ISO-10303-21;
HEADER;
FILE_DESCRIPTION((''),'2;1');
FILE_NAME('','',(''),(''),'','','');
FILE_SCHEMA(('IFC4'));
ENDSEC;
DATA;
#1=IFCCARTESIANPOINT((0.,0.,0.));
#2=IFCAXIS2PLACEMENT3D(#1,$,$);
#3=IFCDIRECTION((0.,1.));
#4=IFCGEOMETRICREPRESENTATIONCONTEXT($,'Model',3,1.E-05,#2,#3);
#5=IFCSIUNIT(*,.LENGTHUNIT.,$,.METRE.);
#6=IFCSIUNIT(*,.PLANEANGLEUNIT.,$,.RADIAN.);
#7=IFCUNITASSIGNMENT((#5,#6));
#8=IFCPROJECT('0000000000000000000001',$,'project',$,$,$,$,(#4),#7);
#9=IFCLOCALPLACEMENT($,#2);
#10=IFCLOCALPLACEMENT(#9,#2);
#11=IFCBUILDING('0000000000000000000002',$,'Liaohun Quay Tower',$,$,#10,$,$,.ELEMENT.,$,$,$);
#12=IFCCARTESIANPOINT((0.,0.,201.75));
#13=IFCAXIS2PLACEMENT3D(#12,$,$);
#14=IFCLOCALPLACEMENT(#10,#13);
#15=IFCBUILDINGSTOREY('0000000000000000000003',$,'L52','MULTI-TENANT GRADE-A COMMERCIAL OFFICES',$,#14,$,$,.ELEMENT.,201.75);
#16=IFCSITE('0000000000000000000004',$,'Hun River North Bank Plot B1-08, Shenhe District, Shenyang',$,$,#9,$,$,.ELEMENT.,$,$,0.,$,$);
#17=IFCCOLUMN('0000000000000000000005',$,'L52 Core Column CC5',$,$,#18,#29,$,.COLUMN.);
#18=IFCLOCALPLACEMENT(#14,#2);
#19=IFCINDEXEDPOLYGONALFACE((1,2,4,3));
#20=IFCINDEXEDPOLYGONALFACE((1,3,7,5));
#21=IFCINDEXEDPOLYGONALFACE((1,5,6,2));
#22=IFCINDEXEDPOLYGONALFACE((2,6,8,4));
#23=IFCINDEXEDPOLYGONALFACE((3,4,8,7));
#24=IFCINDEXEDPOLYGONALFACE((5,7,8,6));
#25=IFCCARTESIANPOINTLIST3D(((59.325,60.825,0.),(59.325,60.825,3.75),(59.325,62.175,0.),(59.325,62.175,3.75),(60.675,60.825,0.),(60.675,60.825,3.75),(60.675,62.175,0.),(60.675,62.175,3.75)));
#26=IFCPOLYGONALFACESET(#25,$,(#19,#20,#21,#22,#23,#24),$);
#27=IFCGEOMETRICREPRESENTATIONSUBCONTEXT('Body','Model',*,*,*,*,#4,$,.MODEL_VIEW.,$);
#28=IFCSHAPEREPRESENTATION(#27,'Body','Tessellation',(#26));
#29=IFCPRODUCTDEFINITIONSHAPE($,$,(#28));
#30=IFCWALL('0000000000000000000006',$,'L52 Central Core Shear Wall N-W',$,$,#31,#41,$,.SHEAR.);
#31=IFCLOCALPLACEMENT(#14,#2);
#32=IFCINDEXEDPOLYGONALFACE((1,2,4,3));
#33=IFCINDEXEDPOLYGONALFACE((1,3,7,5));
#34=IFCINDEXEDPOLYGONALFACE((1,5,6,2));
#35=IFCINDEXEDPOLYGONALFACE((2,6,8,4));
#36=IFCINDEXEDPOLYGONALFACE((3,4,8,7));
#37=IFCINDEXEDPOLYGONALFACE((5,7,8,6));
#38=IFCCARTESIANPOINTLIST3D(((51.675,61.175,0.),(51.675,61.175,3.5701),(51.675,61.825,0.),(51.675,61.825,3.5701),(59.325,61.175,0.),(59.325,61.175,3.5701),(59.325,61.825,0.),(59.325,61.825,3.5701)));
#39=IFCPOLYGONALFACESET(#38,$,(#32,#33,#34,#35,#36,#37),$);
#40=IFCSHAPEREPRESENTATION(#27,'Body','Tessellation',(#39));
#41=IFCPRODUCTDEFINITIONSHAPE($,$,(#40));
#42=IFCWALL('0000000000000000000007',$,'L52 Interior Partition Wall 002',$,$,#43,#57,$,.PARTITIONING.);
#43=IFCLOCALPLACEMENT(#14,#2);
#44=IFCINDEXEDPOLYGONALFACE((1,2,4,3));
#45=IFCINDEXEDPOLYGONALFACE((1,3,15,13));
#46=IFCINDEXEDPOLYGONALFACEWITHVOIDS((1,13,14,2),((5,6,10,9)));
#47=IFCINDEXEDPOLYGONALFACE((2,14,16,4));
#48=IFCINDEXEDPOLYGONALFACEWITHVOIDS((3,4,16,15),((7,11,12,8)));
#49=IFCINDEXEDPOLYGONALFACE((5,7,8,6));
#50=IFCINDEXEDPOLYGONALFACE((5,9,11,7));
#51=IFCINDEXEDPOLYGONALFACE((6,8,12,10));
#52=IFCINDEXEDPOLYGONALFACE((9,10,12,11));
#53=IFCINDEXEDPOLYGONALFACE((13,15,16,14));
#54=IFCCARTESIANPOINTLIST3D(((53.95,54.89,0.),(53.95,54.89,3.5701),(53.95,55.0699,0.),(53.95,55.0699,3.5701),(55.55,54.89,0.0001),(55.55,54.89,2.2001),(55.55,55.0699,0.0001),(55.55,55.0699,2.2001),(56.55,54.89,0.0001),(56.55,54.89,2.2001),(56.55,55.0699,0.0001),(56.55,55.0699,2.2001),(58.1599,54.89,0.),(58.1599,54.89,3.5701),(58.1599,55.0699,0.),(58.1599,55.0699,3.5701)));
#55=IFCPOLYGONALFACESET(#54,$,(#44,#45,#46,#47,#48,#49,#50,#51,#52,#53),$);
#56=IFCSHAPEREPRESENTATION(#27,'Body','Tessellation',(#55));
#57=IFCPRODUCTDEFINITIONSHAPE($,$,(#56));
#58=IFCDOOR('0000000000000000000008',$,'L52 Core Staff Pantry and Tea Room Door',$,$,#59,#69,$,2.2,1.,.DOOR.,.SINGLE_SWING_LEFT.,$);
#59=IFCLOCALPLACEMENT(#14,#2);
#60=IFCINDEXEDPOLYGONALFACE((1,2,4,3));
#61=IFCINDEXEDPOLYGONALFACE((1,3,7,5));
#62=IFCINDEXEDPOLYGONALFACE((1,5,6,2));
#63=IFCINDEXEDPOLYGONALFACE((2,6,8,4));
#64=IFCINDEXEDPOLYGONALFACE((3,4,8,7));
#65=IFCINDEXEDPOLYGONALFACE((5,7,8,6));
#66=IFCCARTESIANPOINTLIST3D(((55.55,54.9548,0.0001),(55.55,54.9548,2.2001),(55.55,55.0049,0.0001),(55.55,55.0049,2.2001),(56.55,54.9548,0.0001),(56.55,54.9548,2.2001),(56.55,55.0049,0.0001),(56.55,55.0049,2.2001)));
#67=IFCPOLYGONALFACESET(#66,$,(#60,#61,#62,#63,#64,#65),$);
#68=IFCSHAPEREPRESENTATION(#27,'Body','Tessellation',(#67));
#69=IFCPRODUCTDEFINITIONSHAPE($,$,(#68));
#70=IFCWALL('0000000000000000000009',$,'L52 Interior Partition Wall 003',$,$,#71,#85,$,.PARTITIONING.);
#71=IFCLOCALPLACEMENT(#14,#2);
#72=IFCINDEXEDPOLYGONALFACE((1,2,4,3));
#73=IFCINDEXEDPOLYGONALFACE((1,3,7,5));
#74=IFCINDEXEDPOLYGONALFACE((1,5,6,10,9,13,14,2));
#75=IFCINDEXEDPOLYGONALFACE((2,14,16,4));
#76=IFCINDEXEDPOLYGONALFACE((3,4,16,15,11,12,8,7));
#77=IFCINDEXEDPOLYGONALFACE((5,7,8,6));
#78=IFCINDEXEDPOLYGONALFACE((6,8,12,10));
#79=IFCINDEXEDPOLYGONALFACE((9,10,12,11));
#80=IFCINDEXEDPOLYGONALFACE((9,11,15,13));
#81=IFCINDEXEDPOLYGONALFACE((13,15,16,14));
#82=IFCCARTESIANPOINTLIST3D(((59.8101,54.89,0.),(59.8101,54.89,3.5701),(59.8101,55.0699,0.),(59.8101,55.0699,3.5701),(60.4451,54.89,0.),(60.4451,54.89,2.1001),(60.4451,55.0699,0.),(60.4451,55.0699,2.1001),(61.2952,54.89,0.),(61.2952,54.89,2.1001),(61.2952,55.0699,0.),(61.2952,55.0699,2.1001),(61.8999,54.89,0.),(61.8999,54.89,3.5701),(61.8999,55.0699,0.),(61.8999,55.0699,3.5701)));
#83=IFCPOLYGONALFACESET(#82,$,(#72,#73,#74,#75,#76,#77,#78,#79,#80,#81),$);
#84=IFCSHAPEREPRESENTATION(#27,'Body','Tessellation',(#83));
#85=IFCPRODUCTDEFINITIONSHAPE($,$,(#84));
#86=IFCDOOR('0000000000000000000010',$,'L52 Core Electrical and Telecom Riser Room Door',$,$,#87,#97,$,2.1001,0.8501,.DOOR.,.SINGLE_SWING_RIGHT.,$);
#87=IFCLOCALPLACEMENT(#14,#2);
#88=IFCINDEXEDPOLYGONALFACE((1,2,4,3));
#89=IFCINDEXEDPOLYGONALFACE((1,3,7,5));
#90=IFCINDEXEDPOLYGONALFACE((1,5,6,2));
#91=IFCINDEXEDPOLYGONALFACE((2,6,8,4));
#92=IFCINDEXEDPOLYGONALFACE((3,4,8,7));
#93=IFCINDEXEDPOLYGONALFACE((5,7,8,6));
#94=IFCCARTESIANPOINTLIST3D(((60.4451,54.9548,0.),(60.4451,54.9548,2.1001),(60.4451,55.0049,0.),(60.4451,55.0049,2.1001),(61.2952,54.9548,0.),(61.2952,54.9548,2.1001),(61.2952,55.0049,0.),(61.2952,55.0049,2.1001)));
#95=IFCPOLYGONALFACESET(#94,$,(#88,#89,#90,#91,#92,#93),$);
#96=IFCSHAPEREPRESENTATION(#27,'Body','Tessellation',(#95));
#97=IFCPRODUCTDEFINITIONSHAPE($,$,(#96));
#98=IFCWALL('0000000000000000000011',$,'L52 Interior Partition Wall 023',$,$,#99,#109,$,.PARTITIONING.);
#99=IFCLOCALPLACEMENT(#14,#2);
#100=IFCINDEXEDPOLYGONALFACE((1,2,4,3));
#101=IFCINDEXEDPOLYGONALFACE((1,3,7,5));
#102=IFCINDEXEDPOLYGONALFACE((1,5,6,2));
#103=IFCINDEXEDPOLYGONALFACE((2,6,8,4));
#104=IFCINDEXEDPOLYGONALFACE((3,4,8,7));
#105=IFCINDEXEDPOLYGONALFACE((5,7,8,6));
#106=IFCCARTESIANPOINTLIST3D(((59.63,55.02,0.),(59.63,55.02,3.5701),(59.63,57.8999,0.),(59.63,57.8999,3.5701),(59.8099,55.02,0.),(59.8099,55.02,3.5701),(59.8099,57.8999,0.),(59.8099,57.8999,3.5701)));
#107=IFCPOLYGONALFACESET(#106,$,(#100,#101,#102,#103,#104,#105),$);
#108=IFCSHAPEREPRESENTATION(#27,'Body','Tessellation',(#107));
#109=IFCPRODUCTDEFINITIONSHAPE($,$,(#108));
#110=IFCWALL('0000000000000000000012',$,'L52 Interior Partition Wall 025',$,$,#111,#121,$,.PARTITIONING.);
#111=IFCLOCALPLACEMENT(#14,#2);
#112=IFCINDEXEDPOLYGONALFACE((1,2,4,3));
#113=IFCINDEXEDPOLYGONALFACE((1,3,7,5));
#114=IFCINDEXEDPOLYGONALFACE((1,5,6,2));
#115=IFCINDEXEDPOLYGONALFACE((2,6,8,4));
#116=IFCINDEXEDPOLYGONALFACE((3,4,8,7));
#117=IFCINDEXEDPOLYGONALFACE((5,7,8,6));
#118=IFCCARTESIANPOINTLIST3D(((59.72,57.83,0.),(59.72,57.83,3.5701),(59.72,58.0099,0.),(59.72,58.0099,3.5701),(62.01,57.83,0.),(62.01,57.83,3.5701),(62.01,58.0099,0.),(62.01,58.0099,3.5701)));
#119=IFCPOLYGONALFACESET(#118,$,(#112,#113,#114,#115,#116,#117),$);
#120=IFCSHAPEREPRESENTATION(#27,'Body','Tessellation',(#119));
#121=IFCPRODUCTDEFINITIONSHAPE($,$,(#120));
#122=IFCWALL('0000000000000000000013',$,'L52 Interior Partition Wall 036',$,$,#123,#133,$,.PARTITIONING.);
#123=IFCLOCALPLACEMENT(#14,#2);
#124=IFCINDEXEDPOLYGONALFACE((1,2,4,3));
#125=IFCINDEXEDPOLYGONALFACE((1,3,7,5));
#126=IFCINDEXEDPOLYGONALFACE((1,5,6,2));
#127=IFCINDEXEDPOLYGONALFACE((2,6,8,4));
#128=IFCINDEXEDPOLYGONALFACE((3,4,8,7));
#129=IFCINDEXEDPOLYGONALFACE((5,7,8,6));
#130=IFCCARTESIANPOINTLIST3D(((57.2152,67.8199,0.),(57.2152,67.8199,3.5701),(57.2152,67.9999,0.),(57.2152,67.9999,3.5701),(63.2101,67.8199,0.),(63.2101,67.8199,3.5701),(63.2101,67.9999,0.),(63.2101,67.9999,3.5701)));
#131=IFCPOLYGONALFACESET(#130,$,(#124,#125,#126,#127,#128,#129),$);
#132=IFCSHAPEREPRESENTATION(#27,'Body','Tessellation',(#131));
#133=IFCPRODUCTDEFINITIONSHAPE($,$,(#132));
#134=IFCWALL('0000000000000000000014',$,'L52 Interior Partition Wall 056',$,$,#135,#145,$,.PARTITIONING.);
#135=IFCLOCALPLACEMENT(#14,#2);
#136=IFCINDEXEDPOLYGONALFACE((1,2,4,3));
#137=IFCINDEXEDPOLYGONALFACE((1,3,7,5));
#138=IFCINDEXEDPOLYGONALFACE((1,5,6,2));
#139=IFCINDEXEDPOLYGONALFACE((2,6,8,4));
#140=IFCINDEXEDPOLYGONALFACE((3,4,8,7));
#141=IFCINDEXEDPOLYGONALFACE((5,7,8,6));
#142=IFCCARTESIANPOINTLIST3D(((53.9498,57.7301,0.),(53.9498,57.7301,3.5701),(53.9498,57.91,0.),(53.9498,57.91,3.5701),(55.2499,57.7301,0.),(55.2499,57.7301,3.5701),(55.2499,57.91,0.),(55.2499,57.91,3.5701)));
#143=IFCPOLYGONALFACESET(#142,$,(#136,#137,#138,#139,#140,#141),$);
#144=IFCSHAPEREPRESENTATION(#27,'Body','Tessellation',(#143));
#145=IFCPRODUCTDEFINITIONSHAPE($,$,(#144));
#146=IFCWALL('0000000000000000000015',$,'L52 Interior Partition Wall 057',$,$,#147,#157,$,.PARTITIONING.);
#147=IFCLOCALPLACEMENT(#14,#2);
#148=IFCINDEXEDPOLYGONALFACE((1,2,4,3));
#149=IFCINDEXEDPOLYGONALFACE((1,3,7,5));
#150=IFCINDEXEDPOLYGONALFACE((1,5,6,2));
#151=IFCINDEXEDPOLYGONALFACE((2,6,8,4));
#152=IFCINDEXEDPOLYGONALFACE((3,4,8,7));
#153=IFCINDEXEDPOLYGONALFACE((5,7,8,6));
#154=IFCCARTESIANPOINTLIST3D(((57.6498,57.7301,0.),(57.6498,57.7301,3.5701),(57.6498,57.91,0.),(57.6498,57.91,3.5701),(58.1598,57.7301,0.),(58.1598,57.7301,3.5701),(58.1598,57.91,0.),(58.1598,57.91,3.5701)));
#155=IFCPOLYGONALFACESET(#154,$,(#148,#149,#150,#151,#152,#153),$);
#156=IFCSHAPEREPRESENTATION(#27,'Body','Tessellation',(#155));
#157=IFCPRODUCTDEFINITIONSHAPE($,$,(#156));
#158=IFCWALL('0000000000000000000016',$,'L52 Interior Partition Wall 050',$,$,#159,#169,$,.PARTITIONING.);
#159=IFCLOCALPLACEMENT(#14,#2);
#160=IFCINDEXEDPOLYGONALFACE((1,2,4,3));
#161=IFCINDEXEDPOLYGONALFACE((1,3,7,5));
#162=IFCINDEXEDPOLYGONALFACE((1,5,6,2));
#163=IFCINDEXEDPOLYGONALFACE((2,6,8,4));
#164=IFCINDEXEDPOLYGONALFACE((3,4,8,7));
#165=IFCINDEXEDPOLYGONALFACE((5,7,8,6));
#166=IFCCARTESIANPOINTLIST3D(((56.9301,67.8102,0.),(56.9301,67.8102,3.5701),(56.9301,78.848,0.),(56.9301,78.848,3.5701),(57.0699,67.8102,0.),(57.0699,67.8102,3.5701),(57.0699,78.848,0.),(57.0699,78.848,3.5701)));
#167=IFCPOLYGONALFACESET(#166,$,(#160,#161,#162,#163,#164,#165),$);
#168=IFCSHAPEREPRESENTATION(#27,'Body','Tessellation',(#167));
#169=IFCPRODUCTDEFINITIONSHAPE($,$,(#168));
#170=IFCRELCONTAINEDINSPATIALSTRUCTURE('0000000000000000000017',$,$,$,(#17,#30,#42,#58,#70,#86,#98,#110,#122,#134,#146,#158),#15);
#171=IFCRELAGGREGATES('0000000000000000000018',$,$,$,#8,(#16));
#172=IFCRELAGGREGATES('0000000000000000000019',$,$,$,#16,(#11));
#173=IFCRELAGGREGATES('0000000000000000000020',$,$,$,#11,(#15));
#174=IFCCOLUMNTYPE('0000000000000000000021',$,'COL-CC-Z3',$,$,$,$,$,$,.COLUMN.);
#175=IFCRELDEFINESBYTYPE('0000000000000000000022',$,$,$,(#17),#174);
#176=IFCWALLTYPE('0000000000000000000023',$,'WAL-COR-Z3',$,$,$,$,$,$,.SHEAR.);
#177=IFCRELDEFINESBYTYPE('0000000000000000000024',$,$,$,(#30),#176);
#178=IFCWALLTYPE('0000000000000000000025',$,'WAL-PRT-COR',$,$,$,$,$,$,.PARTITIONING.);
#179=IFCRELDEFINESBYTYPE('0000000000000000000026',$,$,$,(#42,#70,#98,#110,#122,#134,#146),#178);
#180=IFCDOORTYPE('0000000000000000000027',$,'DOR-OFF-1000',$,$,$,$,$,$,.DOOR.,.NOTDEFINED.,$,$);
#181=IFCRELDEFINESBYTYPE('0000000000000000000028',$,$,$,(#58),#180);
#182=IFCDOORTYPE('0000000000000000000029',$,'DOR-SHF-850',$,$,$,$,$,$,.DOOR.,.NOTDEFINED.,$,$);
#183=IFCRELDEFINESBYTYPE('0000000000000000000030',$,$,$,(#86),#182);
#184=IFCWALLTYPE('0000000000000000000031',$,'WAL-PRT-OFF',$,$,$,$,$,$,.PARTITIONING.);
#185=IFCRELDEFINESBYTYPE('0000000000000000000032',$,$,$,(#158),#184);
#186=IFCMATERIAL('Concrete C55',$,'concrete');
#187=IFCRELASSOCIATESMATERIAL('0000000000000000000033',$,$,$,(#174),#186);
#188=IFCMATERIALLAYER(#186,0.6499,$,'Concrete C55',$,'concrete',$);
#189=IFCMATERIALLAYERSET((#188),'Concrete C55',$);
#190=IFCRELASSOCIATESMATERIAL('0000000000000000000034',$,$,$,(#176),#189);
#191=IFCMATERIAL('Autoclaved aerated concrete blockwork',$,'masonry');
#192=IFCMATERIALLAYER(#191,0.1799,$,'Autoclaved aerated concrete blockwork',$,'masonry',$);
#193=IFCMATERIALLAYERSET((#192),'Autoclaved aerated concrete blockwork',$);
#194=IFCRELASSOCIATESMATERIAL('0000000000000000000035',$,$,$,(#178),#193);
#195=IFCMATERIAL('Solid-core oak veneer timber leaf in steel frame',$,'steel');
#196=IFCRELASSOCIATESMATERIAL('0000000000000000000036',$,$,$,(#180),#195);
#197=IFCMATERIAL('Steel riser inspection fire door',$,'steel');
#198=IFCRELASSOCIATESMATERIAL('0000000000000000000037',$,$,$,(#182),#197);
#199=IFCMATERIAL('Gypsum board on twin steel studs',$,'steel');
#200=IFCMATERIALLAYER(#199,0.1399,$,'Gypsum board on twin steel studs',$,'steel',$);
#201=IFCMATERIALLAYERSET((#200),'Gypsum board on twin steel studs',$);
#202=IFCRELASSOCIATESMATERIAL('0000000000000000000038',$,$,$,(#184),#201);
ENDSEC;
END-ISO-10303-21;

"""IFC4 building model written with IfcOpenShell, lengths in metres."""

from ifc_helpers import new_model, si_unit, direction, frame, frame_2d, origin, origin_2d, place, context, subcontext, project, spatial, rectangle, extrude, source, transform, mapped, material, layer, layer_set, material_profile, profile_set, type_object, element, fill, save


model = new_model("IFC4")

# Units and contexts
model_context = context("Model", 3, precision=1e-05, world=origin(), true_north=direction((0.0, 1.0)))
body_context = subcontext(model_context, "Body", "Model", "MODEL_VIEW")
ifc_project = project(units=[si_unit("LENGTHUNIT", "METRE"), si_unit("PLANEANGLEUNIT", "RADIAN")], contexts=[model_context])

# Site, building, storey
site_placement = place(None, origin())
site = spatial("IfcSite", under=ifc_project, at=site_placement, Name="Hun River North Bank Plot B1-08, Shenhe District, Shenyang", CompositionType="ELEMENT", RefElevation=0.0)
building_placement = place(site_placement, origin())
building = spatial("IfcBuilding", under=site, at=building_placement, Name="Liaohun Quay Tower", CompositionType="ELEMENT")
storey_placement = place(building_placement, frame((0.0, 0.0, 201.75)))
storey = spatial("IfcBuildingStorey", under=building, at=storey_placement, Name="L52", Description="MULTI-TENANT GRADE-A COMMERCIAL OFFICES", CompositionType="ELEMENT", Elevation=201.75)

# Column
ifc_material_1 = material(Name="Concrete C55", Category="concrete")
ifc_material_profile = material_profile(ifc_material_1, rectangle(XDim=1.3501, YDim=1.3501, at=origin_2d()), Name="RC1350x1350")
ifc_profile_set = profile_set([ifc_material_profile], Name="Concrete C55")
column_type = type_object("IfcColumnType", Name="COL-CC-Z3", PredefinedType="COLUMN", material=ifc_profile_set)
shared_shape_1 = source(origin(), body_context, "Body", "SweptSolid", [
    extrude(rectangle(XDim=1.3501, YDim=1.3501, at=origin_2d()), origin(), (0.0, 0.0, 1.0), 3.75),
])
column_placement = place(storey_placement, frame((60.0, 61.5, 0.0), z_axis=(0.0, 0.0, 1.0), x_axis=(1.0, 0.0, 0.0)))
element("IfcColumn", 1, at=column_placement, inside=storey, type_object=column_type, Name="L52 Core Column CC5", PredefinedType="COLUMN", context=body_context, shape_type="MappedRepresentation", body=[
    mapped(shared_shape_1, transform((0.0, 0.0, 0.0), x_axis=(1.0, 0.0, 0.0), y_axis=(0.0, 1.0, 0.0), z_axis=(0.0, 0.0, 1.0), scale=1.0)),
])

# Wall
ifc_layer_1 = layer(ifc_material_1, 0.6499, Name="Concrete C55", Category="concrete")
ifc_layer_set_1 = layer_set([ifc_layer_1], Name="Concrete C55")
wall_type_1 = type_object("IfcWallType", Name="WAL-COR-Z3", PredefinedType="SHEAR", material=ifc_layer_set_1)
wall_1_placement = place(storey_placement, frame((51.675, 61.5, 0.0), z_axis=(0.0, 0.0, 1.0), x_axis=(1.0, 0.0, 0.0)))
element("IfcWall", 2, at=wall_1_placement, inside=storey, type_object=wall_type_1, Name="L52 Central Core Shear Wall N-W", PredefinedType="SHEAR", context=body_context, shape_type="SweptSolid", body=[
    extrude(rectangle(XDim=7.6499, YDim=0.6499, at=frame_2d((3.825, 0.0))), origin(), (0.0, 0.0, 1.0), 3.5701),
])

# Walls, openings, doors
ifc_material_2 = material(Name="Autoclaved aerated concrete blockwork", Category="masonry")
ifc_layer_2 = layer(ifc_material_2, 0.1799, Name="Autoclaved aerated concrete blockwork", Category="masonry")
ifc_layer_set_2 = layer_set([ifc_layer_2], Name="Autoclaved aerated concrete blockwork")
wall_type_2 = type_object("IfcWallType", Name="WAL-PRT-COR", PredefinedType="PARTITIONING", material=ifc_layer_set_2)
wall_2_placement = place(storey_placement, frame((53.95, 54.98, 0.0), z_axis=(0.0, 0.0, 1.0), x_axis=(1.0, 0.0, 0.0)))
wall_2 = element("IfcWall", 3, at=wall_2_placement, inside=storey, type_object=wall_type_2, Name="L52 Interior Partition Wall 002", PredefinedType="PARTITIONING", context=body_context, shape_type="SweptSolid", body=[
    extrude(rectangle(XDim=4.21, YDim=0.1799, at=frame_2d((2.105, 0.0))), origin(), (0.0, 0.0, 1.0), 3.5701),
])
shared_shape_2 = source(origin(), body_context, "Body", "SweptSolid", [
    extrude(rectangle(XDim=1.0, YDim=2.2, at=frame_2d((0.5, 1.1001))), frame((0.0, 0.0999, 0.0), z_axis=(0.0, -1.0, 0.0), x_axis=(1.0, 0.0, 0.0)), (0.0, 0.0, 1.0), 0.2),
])
opening_1_placement = place(wall_2_placement, frame((1.6001, 0.0, 0.0)))
opening_1 = element("IfcOpeningElement", 4, at=opening_1_placement, cuts=wall_2, PredefinedType="OPENING", context=body_context, shape_type="MappedRepresentation", body=[
    mapped(shared_shape_2, transform((0.0, 0.0, 0.0), x_axis=(1.0, 0.0, 0.0), y_axis=(0.0, 1.0, 0.0), z_axis=(0.0, 0.0, 1.0), scale=1.0)),
])
ifc_material_3 = material(Name="Solid-core oak veneer timber leaf in steel frame", Category="steel")
door_type_1 = type_object("IfcDoorType", Name="DOR-OFF-1000", OperationType="NOTDEFINED", PredefinedType="DOOR", material=ifc_material_3)
shared_shape_3 = source(origin(), body_context, "Body", "SweptSolid", [
    extrude(rectangle(XDim=1.0, YDim=2.2, at=frame_2d((0.5, 1.1001))), frame((0.0, 0.0249, 0.0), z_axis=(0.0, -1.0, 0.0), x_axis=(1.0, 0.0, 0.0)), (0.0, 0.0, 1.0), 0.05),
])
door_1_placement = place(opening_1_placement, origin())
door_1 = element("IfcDoor", 5, at=door_1_placement, inside=storey, type_object=door_type_1, Name="L52 Core Staff Pantry and Tea Room Door", OperationType="SINGLE_SWING_LEFT", OverallHeight=2.2, OverallWidth=1.0, PredefinedType="DOOR", context=body_context, shape_type="MappedRepresentation", body=[
    mapped(shared_shape_3, transform((0.0, 0.0, 0.0), x_axis=(1.0, 0.0, 0.0), y_axis=(0.0, 1.0, 0.0), z_axis=(0.0, 0.0, 1.0), scale=1.0)),
])
fill(opening_1, door_1)
wall_3_placement = place(storey_placement, frame((59.8101, 54.98, 0.0), z_axis=(0.0, 0.0, 1.0), x_axis=(1.0, 0.0, 0.0)))
wall_3 = element("IfcWall", 6, at=wall_3_placement, inside=storey, type_object=wall_type_2, Name="L52 Interior Partition Wall 003", PredefinedType="PARTITIONING", context=body_context, shape_type="SweptSolid", body=[
    extrude(rectangle(XDim=2.0898, YDim=0.1799, at=frame_2d((1.0449, 0.0))), origin(), (0.0, 0.0, 1.0), 3.5701),
])
shared_shape_4 = source(origin(), body_context, "Body", "SweptSolid", [
    extrude(rectangle(XDim=0.8501, YDim=2.1001, at=frame_2d((0.425, 1.05))), frame((0.0, 0.0999, 0.0), z_axis=(0.0, -1.0, 0.0), x_axis=(1.0, 0.0, 0.0)), (0.0, 0.0, 1.0), 0.2),
])
opening_2_placement = place(wall_3_placement, frame((0.635, 0.0, 0.0)))
opening_2 = element("IfcOpeningElement", 7, at=opening_2_placement, cuts=wall_3, PredefinedType="OPENING", context=body_context, shape_type="MappedRepresentation", body=[
    mapped(shared_shape_4, transform((0.0, 0.0, 0.0), x_axis=(1.0, 0.0, 0.0), y_axis=(0.0, 1.0, 0.0), z_axis=(0.0, 0.0, 1.0), scale=1.0)),
])
ifc_material_4 = material(Name="Steel riser inspection fire door", Category="steel")
door_type_2 = type_object("IfcDoorType", Name="DOR-SHF-850", OperationType="NOTDEFINED", PredefinedType="DOOR", material=ifc_material_4)
shared_shape_5 = source(origin(), body_context, "Body", "SweptSolid", [
    extrude(rectangle(XDim=0.8501, YDim=2.1001, at=frame_2d((0.425, 1.05))), frame((0.0, 0.0249, 0.0), z_axis=(0.0, -1.0, 0.0), x_axis=(1.0, 0.0, 0.0)), (0.0, 0.0, 1.0), 0.05),
])
door_2_placement = place(opening_2_placement, origin())
door_2 = element("IfcDoor", 8, at=door_2_placement, inside=storey, type_object=door_type_2, Name="L52 Core Electrical and Telecom Riser Room Door", OperationType="SINGLE_SWING_RIGHT", OverallHeight=2.1001, OverallWidth=0.8501, PredefinedType="DOOR", context=body_context, shape_type="MappedRepresentation", body=[
    mapped(shared_shape_5, transform((0.0, 0.0, 0.0), x_axis=(1.0, 0.0, 0.0), y_axis=(0.0, 1.0, 0.0), z_axis=(0.0, 0.0, 1.0), scale=1.0)),
])
fill(opening_2, door_2)

# Walls
wall_4_placement = place(storey_placement, frame((59.72, 55.02, 0.0), z_axis=(0.0, 0.0, 1.0), x_axis=(0.0, 1.0, 0.0)))
element("IfcWall", 9, at=wall_4_placement, inside=storey, type_object=wall_type_2, Name="L52 Interior Partition Wall 023", PredefinedType="PARTITIONING", context=body_context, shape_type="SweptSolid", body=[
    extrude(rectangle(XDim=2.8799, YDim=0.1799, at=frame_2d((1.4399, 0.0))), origin(), (0.0, 0.0, 1.0), 3.5701),
])
wall_5_placement = place(storey_placement, frame((59.72, 57.9199, 0.0), z_axis=(0.0, 0.0, 1.0), x_axis=(1.0, 0.0, 0.0)))
element("IfcWall", 10, at=wall_5_placement, inside=storey, type_object=wall_type_2, Name="L52 Interior Partition Wall 025", PredefinedType="PARTITIONING", context=body_context, shape_type="SweptSolid", body=[
    extrude(rectangle(XDim=2.29, YDim=0.1799, at=frame_2d((1.145, 0.0))), origin(), (0.0, 0.0, 1.0), 3.5701),
])
wall_6_placement = place(storey_placement, frame((57.2151, 67.9099, 0.0), z_axis=(0.0, 0.0, 1.0), x_axis=(1.0, 0.0, 0.0)))
element("IfcWall", 11, at=wall_6_placement, inside=storey, type_object=wall_type_2, Name="L52 Interior Partition Wall 036", PredefinedType="PARTITIONING", context=body_context, shape_type="SweptSolid", body=[
    extrude(rectangle(XDim=5.9949, YDim=0.1799, at=frame_2d((2.9976, 0.0))), origin(), (0.0, 0.0, 1.0), 3.5701),
])
wall_7_placement = place(storey_placement, frame((53.95, 57.8201, 0.0), z_axis=(0.0, 0.0, 1.0), x_axis=(1.0, 0.0, 0.0)))
element("IfcWall", 12, at=wall_7_placement, inside=storey, type_object=wall_type_2, Name="L52 Interior Partition Wall 056", PredefinedType="PARTITIONING", context=body_context, shape_type="SweptSolid", body=[
    extrude(rectangle(XDim=1.3, YDim=0.1799, at=frame_2d((0.6499, 0.0))), origin(), (0.0, 0.0, 1.0), 3.5701),
])
wall_8_placement = place(storey_placement, frame((57.6499, 57.8201, 0.0), z_axis=(0.0, 0.0, 1.0), x_axis=(1.0, 0.0, 0.0)))
element("IfcWall", 13, at=wall_8_placement, inside=storey, type_object=wall_type_2, Name="L52 Interior Partition Wall 057", PredefinedType="PARTITIONING", context=body_context, shape_type="SweptSolid", body=[
    extrude(rectangle(XDim=0.51, YDim=0.1799, at=frame_2d((0.2549, 0.0))), origin(), (0.0, 0.0, 1.0), 3.5701),
])
ifc_material_5 = material(Name="Gypsum board on twin steel studs", Category="steel")
ifc_layer_3 = layer(ifc_material_5, 0.1399, Name="Gypsum board on twin steel studs", Category="steel")
ifc_layer_set_3 = layer_set([ifc_layer_3], Name="Gypsum board on twin steel studs")
wall_type_3 = type_object("IfcWallType", Name="WAL-PRT-OFF", PredefinedType="PARTITIONING", material=ifc_layer_set_3)
wall_9_placement = place(storey_placement, frame((57.0, 67.8101, 0.0), z_axis=(0.0, 0.0, 1.0), x_axis=(0.0, 1.0, 0.0)))
element("IfcWall", 14, at=wall_9_placement, inside=storey, type_object=wall_type_3, Name="L52 Interior Partition Wall 050", PredefinedType="PARTITIONING", context=body_context, shape_type="SweptSolid", body=[
    extrude(rectangle(XDim=11.0378, YDim=0.1399, at=frame_2d((5.519, 0.0))), origin(), (0.0, 0.0, 1.0), 3.5701),
])

save(model, "model.ifc")
